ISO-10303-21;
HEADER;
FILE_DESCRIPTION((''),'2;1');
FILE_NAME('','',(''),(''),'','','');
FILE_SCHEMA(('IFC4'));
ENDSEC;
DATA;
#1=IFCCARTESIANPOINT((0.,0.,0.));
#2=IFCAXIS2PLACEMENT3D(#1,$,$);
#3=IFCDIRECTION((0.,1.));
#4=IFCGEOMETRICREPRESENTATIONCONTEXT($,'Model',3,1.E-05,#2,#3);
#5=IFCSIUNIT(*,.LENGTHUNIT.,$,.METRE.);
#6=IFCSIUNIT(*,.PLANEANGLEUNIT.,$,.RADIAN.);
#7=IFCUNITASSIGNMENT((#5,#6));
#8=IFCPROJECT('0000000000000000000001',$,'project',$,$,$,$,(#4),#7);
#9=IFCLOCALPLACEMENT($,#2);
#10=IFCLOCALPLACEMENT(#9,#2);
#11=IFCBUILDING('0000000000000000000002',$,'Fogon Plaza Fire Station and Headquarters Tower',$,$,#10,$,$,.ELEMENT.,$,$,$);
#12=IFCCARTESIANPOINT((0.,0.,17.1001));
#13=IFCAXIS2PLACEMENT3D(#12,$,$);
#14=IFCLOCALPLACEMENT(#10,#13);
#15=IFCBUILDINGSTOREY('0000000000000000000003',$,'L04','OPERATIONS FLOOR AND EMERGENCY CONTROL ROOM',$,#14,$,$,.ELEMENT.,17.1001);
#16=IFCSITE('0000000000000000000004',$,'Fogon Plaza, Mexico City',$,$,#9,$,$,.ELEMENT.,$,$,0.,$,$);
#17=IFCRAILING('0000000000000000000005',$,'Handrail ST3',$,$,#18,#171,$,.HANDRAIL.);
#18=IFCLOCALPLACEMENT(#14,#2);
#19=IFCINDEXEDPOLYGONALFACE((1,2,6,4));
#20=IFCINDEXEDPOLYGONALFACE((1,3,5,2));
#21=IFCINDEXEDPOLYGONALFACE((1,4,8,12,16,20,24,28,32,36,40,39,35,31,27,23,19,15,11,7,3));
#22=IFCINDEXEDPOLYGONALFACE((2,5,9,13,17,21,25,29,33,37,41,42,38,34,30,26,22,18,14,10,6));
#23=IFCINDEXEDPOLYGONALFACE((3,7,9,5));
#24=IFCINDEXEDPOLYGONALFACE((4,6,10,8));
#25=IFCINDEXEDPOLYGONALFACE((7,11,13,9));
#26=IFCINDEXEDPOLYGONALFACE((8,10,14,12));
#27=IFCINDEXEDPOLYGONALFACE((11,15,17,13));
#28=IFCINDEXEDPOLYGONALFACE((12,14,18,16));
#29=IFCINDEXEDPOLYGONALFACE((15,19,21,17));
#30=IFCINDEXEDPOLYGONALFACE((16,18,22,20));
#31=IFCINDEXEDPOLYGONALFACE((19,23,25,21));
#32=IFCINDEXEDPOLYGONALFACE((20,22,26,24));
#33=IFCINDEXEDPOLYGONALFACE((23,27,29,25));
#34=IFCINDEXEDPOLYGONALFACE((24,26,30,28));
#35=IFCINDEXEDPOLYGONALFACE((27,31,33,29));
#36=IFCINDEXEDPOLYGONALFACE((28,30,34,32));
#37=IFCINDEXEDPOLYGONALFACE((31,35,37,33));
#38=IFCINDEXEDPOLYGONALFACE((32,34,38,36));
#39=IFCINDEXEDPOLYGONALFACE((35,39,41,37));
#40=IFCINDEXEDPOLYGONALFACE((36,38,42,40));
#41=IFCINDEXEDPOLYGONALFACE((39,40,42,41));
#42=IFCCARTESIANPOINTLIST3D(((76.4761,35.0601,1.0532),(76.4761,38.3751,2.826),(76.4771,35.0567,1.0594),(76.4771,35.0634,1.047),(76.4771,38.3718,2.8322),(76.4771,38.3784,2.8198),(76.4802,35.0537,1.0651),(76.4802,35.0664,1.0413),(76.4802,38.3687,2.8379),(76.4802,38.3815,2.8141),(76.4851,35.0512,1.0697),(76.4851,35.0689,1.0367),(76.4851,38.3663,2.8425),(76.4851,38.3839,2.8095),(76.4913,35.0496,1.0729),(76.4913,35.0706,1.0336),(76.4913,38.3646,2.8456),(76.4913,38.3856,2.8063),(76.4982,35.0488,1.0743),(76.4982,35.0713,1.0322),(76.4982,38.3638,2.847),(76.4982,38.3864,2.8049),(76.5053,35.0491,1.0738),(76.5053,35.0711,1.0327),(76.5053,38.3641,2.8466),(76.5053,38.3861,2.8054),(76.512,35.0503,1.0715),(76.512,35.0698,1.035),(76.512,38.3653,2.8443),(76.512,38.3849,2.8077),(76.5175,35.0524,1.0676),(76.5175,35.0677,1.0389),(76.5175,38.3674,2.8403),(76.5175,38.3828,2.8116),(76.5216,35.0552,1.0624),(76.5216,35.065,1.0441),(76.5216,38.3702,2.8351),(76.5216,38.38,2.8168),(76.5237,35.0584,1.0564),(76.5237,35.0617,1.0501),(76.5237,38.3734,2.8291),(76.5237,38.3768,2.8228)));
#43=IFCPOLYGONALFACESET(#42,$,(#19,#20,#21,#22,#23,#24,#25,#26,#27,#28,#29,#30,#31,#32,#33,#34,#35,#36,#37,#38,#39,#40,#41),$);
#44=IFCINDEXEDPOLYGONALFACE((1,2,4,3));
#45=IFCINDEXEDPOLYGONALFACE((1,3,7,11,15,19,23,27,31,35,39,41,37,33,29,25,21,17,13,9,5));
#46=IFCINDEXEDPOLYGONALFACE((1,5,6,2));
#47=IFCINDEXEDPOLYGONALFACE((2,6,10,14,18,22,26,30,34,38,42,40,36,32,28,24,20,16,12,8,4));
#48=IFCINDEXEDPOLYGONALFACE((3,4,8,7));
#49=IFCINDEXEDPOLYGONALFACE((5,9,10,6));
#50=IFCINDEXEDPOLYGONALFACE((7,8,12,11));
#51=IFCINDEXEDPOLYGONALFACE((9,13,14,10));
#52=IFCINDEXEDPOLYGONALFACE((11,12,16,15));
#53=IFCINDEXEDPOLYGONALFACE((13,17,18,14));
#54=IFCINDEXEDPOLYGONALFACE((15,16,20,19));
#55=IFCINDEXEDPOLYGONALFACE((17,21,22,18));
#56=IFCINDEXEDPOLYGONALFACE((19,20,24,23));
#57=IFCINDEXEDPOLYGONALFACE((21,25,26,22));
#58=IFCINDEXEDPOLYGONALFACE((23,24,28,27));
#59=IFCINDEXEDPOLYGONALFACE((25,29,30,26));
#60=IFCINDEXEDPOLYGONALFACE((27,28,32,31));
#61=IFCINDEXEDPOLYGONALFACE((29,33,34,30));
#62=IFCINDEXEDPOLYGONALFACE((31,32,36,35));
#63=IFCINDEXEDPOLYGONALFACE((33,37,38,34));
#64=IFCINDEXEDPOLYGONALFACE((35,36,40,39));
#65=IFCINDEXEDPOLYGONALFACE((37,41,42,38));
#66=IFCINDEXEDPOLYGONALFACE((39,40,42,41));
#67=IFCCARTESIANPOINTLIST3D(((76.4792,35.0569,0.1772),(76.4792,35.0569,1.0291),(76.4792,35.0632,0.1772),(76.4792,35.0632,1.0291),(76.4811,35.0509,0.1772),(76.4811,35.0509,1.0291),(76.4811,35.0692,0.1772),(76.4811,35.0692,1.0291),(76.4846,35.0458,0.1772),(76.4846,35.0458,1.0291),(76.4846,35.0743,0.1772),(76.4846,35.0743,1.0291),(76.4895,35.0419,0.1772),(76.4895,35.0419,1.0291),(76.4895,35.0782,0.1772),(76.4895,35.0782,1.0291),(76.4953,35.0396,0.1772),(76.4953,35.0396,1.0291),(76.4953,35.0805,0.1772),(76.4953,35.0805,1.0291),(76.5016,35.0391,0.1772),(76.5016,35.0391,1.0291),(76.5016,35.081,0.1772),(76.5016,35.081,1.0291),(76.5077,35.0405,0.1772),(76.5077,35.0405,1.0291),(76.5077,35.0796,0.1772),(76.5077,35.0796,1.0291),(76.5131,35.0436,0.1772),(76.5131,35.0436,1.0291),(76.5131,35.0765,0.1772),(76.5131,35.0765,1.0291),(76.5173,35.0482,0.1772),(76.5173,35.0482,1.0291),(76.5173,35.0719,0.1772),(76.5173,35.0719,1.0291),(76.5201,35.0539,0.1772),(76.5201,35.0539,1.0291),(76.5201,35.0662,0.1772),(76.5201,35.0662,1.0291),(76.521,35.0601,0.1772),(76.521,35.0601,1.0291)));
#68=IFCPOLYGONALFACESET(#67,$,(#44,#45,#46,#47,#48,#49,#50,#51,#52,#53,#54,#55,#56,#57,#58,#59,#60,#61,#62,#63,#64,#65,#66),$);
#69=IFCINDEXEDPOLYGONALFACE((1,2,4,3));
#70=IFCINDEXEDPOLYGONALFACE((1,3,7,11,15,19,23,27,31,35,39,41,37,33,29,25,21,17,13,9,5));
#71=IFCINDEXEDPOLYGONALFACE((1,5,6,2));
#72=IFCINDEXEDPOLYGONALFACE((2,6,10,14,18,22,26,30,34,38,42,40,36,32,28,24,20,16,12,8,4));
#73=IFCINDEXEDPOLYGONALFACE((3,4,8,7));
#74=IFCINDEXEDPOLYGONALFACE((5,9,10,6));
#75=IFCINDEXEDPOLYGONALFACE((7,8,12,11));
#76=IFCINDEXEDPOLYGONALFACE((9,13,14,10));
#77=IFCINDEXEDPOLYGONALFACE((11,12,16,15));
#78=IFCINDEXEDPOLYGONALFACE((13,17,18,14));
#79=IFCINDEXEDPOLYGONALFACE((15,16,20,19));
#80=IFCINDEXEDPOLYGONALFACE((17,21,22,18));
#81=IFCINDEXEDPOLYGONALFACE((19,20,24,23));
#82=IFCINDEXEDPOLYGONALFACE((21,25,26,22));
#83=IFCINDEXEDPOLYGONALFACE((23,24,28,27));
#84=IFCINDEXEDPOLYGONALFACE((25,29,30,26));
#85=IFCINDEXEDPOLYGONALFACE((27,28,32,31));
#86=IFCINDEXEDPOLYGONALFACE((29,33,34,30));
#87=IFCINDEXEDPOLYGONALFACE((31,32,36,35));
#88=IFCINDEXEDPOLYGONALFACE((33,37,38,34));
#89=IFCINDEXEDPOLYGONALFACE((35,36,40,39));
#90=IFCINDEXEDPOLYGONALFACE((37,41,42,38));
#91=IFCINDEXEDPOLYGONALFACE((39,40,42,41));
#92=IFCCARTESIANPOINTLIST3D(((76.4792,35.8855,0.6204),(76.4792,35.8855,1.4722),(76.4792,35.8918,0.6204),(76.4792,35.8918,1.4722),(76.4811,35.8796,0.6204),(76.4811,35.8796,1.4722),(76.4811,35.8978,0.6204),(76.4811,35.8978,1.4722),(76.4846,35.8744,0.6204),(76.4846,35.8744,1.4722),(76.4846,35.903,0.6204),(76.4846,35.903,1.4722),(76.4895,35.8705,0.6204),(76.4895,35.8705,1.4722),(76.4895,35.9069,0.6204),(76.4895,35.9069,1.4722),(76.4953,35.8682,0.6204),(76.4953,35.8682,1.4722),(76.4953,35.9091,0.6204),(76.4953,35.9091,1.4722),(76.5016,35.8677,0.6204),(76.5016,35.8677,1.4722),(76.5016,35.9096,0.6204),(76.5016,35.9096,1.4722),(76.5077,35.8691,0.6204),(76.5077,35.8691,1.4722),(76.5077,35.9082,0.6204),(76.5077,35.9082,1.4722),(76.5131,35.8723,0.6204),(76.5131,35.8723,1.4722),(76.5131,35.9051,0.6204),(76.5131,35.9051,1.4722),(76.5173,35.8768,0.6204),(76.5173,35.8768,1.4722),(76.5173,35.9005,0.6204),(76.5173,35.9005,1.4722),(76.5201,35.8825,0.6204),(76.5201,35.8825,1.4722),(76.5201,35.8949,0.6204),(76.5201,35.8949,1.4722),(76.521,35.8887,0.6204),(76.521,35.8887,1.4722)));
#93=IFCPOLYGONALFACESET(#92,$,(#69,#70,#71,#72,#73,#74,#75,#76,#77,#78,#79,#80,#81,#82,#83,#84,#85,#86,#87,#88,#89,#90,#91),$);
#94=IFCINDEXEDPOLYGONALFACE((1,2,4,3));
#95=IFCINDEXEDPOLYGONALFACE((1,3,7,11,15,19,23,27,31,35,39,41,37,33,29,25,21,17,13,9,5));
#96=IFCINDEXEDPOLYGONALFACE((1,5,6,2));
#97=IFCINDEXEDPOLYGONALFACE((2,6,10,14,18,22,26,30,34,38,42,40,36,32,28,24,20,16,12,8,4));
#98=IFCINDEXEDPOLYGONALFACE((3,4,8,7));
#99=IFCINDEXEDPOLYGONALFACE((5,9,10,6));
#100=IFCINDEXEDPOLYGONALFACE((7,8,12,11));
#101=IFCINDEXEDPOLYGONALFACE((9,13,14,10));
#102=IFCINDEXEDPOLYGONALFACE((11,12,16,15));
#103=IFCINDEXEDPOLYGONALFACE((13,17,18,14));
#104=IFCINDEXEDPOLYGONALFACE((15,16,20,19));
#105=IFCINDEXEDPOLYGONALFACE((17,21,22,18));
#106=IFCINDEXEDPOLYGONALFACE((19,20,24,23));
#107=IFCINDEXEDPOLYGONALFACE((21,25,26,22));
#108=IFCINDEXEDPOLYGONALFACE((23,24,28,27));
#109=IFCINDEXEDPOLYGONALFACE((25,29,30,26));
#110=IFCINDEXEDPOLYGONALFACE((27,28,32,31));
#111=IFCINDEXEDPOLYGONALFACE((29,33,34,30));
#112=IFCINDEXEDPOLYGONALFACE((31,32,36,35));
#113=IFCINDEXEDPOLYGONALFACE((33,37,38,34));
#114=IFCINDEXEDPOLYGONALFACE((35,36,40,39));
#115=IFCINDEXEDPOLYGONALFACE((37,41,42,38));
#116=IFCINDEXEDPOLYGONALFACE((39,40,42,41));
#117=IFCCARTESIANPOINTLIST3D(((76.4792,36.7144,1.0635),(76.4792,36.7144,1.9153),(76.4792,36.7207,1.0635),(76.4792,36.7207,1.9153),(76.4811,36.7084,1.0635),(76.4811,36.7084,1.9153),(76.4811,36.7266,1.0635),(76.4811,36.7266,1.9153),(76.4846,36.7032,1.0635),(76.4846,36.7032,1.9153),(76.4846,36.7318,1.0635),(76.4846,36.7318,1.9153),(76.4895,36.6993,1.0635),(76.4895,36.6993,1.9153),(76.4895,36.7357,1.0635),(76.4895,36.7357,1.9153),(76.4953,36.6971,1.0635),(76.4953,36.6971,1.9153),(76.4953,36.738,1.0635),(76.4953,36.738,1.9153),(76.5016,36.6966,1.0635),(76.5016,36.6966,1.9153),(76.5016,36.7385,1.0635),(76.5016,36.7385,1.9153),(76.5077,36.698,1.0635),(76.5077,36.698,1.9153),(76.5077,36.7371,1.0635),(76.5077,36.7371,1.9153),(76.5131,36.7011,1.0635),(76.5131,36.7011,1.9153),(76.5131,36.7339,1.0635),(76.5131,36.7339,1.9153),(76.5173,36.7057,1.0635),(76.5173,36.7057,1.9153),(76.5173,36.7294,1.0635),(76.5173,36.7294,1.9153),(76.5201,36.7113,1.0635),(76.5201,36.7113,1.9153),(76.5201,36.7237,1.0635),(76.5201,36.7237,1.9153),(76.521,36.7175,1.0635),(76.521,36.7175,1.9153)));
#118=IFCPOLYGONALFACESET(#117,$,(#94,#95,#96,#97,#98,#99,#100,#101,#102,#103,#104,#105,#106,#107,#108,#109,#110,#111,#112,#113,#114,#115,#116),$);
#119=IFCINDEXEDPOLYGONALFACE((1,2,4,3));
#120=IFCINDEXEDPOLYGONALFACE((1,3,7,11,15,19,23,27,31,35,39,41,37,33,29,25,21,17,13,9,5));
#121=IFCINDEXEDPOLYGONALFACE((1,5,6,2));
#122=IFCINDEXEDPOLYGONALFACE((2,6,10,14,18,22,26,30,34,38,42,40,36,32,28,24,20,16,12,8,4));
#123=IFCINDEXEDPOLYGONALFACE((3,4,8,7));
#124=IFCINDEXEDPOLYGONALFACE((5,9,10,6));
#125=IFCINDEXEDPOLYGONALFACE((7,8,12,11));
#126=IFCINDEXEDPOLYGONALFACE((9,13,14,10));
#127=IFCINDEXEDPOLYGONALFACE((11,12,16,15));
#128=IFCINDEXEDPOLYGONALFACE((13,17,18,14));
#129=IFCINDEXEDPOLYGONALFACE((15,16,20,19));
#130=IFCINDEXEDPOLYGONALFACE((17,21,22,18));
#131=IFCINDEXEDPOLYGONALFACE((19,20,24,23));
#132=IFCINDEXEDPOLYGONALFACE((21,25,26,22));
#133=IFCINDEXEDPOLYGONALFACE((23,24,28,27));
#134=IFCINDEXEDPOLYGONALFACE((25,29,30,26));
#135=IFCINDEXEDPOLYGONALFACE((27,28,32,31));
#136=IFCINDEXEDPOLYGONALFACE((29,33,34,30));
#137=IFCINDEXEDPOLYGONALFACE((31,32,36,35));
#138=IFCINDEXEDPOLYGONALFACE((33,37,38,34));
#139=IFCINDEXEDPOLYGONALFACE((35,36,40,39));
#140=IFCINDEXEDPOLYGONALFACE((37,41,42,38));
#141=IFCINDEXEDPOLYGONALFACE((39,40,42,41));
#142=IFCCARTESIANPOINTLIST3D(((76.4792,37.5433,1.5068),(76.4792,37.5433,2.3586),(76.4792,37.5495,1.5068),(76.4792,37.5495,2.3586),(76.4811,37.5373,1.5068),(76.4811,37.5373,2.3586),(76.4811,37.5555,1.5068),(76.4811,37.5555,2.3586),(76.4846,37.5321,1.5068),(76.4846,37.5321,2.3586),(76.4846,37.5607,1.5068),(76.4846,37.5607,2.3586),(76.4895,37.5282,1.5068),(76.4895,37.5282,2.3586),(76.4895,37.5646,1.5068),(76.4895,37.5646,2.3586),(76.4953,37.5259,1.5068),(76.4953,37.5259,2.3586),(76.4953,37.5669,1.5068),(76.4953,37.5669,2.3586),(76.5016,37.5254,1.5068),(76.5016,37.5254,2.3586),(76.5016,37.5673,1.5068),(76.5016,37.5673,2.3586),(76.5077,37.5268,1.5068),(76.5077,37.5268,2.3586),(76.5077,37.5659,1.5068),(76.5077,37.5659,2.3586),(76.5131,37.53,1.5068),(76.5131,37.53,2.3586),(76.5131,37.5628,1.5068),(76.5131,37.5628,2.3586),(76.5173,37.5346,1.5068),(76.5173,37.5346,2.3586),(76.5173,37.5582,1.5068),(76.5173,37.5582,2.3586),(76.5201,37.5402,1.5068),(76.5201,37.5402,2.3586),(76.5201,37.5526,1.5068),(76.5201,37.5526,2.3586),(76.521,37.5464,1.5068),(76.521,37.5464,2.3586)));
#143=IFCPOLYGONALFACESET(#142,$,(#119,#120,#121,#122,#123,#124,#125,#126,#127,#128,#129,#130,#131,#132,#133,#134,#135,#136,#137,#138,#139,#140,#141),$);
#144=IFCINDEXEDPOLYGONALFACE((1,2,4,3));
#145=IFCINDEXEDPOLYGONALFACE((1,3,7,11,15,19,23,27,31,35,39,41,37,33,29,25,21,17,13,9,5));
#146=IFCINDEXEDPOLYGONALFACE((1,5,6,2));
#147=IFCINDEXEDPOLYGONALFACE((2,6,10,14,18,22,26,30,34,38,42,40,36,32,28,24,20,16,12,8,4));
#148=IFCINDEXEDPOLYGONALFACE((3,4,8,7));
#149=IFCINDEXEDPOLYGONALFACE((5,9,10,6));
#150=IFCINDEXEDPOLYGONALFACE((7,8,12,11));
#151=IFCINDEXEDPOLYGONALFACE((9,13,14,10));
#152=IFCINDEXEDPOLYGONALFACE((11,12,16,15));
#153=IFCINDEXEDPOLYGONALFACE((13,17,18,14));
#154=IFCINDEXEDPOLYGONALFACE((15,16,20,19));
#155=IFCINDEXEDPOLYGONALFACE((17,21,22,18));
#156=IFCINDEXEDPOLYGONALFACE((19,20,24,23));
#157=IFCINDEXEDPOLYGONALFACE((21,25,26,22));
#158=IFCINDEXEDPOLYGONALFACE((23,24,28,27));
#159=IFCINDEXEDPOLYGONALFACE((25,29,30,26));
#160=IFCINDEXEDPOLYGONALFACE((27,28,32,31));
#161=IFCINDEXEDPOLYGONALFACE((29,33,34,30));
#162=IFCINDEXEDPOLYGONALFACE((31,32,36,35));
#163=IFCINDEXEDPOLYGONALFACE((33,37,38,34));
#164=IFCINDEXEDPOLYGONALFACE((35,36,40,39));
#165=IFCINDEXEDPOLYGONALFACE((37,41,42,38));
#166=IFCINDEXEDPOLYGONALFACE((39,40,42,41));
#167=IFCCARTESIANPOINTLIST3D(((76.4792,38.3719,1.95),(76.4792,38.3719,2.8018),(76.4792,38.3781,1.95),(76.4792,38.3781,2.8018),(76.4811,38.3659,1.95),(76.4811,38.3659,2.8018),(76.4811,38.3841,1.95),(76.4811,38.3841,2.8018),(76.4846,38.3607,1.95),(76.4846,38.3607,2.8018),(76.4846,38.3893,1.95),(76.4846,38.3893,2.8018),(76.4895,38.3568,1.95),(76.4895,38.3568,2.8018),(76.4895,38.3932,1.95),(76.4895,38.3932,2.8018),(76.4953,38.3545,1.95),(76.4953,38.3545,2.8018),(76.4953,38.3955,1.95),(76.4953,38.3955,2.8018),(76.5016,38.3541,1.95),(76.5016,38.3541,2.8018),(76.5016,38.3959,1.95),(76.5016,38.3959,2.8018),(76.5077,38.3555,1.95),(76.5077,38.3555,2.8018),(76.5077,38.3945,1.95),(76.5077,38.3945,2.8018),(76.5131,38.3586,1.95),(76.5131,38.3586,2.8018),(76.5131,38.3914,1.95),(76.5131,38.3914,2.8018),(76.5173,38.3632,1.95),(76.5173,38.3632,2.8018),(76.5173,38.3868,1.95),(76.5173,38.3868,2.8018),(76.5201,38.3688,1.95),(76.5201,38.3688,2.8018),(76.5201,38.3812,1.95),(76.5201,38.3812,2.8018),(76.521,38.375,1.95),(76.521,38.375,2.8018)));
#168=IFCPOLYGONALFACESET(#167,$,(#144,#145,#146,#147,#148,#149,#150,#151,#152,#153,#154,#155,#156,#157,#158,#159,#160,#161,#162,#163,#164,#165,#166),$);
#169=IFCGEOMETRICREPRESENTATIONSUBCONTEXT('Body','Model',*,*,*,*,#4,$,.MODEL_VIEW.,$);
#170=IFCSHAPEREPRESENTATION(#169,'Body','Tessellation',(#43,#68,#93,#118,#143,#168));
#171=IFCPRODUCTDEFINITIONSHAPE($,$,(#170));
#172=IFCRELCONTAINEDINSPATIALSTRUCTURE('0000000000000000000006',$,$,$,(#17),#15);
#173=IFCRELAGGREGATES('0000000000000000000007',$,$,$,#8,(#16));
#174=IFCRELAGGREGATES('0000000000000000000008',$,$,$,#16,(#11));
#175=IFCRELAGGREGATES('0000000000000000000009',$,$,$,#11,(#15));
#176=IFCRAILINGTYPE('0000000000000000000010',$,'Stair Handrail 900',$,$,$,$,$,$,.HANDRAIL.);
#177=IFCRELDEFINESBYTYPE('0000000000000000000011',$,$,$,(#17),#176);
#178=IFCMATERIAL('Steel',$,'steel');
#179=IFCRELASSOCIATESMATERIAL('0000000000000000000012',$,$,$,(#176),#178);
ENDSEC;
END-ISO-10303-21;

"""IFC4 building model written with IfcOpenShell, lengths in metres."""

from ifc_helpers import new_model, si_unit, direction, frame, origin, origin_2d, place, context, subcontext, project, spatial, circle, extrude, material, type_object, element, save


model = new_model("IFC4")

# Units and contexts
model_context = context("Model", 3, precision=1e-05, world=origin(), true_north=direction((0.0, 1.0)))
body_context = subcontext(model_context, "Body", "Model", "MODEL_VIEW")
ifc_project = project(units=[si_unit("LENGTHUNIT", "METRE"), si_unit("PLANEANGLEUNIT", "RADIAN")], contexts=[model_context])

# Site, building, storey
site_placement = place(None, origin())
site = spatial("IfcSite", under=ifc_project, at=site_placement, Name="Fogon Plaza, Mexico City", CompositionType="ELEMENT", RefElevation=0.0)
building_placement = place(site_placement, origin())
building = spatial("IfcBuilding", under=site, at=building_placement, Name="Fogon Plaza Fire Station and Headquarters Tower", CompositionType="ELEMENT")
storey_placement = place(building_placement, frame((0.0, 0.0, 17.1001)))
storey = spatial("IfcBuildingStorey", under=building, at=storey_placement, Name="L04", Description="OPERATIONS FLOOR AND EMERGENCY CONTROL ROOM", CompositionType="ELEMENT", Elevation=17.1001)

# Railing
ifc_material_1 = material(Name="Steel", Category="steel")
railing_type = type_object("IfcRailingType", Name="Stair Handrail 900", PredefinedType="HANDRAIL", material=ifc_material_1)
for number, where, name in (
    (1, (76.5, 35.0601, 0.1772), "Handrail ST3"),
):
    element("IfcRailing", number, at=place(storey_placement, frame(where)), inside=storey, type_object=railing_type, Name=name, PredefinedType="HANDRAIL", context=body_context, shape_type="SweptSolid", body=[
        extrude(circle(Radius=0.0239, at=origin_2d()), frame((0.0, 0.0, 0.876), z_axis=(0.0, 0.881829, 0.471569), x_axis=(-1.0, 0.0, 0.0)), (0.0, 0.0, 1.0), 3.7593),
        extrude(circle(Radius=0.021, at=origin_2d()), origin(), (0.0, 0.0, 1.0), 0.8518),
        extrude(circle(Radius=0.021, at=origin_2d()), frame((0.0, 0.8286, 0.4431)), (0.0, 0.0, 1.0), 0.8518),
        extrude(circle(Radius=0.021, at=origin_2d()), frame((0.0, 1.6575, 0.8862)), (0.0, 0.0, 1.0), 0.8518),
        extrude(circle(Radius=0.021, at=origin_2d()), frame((0.0, 2.4863, 1.3296)), (0.0, 0.0, 1.0), 0.8518),
        extrude(circle(Radius=0.021, at=origin_2d()), frame((0.0, 3.3149, 1.7727)), (0.0, 0.0, 1.0), 0.8518),
    ])

save(model, "model.ifc")
